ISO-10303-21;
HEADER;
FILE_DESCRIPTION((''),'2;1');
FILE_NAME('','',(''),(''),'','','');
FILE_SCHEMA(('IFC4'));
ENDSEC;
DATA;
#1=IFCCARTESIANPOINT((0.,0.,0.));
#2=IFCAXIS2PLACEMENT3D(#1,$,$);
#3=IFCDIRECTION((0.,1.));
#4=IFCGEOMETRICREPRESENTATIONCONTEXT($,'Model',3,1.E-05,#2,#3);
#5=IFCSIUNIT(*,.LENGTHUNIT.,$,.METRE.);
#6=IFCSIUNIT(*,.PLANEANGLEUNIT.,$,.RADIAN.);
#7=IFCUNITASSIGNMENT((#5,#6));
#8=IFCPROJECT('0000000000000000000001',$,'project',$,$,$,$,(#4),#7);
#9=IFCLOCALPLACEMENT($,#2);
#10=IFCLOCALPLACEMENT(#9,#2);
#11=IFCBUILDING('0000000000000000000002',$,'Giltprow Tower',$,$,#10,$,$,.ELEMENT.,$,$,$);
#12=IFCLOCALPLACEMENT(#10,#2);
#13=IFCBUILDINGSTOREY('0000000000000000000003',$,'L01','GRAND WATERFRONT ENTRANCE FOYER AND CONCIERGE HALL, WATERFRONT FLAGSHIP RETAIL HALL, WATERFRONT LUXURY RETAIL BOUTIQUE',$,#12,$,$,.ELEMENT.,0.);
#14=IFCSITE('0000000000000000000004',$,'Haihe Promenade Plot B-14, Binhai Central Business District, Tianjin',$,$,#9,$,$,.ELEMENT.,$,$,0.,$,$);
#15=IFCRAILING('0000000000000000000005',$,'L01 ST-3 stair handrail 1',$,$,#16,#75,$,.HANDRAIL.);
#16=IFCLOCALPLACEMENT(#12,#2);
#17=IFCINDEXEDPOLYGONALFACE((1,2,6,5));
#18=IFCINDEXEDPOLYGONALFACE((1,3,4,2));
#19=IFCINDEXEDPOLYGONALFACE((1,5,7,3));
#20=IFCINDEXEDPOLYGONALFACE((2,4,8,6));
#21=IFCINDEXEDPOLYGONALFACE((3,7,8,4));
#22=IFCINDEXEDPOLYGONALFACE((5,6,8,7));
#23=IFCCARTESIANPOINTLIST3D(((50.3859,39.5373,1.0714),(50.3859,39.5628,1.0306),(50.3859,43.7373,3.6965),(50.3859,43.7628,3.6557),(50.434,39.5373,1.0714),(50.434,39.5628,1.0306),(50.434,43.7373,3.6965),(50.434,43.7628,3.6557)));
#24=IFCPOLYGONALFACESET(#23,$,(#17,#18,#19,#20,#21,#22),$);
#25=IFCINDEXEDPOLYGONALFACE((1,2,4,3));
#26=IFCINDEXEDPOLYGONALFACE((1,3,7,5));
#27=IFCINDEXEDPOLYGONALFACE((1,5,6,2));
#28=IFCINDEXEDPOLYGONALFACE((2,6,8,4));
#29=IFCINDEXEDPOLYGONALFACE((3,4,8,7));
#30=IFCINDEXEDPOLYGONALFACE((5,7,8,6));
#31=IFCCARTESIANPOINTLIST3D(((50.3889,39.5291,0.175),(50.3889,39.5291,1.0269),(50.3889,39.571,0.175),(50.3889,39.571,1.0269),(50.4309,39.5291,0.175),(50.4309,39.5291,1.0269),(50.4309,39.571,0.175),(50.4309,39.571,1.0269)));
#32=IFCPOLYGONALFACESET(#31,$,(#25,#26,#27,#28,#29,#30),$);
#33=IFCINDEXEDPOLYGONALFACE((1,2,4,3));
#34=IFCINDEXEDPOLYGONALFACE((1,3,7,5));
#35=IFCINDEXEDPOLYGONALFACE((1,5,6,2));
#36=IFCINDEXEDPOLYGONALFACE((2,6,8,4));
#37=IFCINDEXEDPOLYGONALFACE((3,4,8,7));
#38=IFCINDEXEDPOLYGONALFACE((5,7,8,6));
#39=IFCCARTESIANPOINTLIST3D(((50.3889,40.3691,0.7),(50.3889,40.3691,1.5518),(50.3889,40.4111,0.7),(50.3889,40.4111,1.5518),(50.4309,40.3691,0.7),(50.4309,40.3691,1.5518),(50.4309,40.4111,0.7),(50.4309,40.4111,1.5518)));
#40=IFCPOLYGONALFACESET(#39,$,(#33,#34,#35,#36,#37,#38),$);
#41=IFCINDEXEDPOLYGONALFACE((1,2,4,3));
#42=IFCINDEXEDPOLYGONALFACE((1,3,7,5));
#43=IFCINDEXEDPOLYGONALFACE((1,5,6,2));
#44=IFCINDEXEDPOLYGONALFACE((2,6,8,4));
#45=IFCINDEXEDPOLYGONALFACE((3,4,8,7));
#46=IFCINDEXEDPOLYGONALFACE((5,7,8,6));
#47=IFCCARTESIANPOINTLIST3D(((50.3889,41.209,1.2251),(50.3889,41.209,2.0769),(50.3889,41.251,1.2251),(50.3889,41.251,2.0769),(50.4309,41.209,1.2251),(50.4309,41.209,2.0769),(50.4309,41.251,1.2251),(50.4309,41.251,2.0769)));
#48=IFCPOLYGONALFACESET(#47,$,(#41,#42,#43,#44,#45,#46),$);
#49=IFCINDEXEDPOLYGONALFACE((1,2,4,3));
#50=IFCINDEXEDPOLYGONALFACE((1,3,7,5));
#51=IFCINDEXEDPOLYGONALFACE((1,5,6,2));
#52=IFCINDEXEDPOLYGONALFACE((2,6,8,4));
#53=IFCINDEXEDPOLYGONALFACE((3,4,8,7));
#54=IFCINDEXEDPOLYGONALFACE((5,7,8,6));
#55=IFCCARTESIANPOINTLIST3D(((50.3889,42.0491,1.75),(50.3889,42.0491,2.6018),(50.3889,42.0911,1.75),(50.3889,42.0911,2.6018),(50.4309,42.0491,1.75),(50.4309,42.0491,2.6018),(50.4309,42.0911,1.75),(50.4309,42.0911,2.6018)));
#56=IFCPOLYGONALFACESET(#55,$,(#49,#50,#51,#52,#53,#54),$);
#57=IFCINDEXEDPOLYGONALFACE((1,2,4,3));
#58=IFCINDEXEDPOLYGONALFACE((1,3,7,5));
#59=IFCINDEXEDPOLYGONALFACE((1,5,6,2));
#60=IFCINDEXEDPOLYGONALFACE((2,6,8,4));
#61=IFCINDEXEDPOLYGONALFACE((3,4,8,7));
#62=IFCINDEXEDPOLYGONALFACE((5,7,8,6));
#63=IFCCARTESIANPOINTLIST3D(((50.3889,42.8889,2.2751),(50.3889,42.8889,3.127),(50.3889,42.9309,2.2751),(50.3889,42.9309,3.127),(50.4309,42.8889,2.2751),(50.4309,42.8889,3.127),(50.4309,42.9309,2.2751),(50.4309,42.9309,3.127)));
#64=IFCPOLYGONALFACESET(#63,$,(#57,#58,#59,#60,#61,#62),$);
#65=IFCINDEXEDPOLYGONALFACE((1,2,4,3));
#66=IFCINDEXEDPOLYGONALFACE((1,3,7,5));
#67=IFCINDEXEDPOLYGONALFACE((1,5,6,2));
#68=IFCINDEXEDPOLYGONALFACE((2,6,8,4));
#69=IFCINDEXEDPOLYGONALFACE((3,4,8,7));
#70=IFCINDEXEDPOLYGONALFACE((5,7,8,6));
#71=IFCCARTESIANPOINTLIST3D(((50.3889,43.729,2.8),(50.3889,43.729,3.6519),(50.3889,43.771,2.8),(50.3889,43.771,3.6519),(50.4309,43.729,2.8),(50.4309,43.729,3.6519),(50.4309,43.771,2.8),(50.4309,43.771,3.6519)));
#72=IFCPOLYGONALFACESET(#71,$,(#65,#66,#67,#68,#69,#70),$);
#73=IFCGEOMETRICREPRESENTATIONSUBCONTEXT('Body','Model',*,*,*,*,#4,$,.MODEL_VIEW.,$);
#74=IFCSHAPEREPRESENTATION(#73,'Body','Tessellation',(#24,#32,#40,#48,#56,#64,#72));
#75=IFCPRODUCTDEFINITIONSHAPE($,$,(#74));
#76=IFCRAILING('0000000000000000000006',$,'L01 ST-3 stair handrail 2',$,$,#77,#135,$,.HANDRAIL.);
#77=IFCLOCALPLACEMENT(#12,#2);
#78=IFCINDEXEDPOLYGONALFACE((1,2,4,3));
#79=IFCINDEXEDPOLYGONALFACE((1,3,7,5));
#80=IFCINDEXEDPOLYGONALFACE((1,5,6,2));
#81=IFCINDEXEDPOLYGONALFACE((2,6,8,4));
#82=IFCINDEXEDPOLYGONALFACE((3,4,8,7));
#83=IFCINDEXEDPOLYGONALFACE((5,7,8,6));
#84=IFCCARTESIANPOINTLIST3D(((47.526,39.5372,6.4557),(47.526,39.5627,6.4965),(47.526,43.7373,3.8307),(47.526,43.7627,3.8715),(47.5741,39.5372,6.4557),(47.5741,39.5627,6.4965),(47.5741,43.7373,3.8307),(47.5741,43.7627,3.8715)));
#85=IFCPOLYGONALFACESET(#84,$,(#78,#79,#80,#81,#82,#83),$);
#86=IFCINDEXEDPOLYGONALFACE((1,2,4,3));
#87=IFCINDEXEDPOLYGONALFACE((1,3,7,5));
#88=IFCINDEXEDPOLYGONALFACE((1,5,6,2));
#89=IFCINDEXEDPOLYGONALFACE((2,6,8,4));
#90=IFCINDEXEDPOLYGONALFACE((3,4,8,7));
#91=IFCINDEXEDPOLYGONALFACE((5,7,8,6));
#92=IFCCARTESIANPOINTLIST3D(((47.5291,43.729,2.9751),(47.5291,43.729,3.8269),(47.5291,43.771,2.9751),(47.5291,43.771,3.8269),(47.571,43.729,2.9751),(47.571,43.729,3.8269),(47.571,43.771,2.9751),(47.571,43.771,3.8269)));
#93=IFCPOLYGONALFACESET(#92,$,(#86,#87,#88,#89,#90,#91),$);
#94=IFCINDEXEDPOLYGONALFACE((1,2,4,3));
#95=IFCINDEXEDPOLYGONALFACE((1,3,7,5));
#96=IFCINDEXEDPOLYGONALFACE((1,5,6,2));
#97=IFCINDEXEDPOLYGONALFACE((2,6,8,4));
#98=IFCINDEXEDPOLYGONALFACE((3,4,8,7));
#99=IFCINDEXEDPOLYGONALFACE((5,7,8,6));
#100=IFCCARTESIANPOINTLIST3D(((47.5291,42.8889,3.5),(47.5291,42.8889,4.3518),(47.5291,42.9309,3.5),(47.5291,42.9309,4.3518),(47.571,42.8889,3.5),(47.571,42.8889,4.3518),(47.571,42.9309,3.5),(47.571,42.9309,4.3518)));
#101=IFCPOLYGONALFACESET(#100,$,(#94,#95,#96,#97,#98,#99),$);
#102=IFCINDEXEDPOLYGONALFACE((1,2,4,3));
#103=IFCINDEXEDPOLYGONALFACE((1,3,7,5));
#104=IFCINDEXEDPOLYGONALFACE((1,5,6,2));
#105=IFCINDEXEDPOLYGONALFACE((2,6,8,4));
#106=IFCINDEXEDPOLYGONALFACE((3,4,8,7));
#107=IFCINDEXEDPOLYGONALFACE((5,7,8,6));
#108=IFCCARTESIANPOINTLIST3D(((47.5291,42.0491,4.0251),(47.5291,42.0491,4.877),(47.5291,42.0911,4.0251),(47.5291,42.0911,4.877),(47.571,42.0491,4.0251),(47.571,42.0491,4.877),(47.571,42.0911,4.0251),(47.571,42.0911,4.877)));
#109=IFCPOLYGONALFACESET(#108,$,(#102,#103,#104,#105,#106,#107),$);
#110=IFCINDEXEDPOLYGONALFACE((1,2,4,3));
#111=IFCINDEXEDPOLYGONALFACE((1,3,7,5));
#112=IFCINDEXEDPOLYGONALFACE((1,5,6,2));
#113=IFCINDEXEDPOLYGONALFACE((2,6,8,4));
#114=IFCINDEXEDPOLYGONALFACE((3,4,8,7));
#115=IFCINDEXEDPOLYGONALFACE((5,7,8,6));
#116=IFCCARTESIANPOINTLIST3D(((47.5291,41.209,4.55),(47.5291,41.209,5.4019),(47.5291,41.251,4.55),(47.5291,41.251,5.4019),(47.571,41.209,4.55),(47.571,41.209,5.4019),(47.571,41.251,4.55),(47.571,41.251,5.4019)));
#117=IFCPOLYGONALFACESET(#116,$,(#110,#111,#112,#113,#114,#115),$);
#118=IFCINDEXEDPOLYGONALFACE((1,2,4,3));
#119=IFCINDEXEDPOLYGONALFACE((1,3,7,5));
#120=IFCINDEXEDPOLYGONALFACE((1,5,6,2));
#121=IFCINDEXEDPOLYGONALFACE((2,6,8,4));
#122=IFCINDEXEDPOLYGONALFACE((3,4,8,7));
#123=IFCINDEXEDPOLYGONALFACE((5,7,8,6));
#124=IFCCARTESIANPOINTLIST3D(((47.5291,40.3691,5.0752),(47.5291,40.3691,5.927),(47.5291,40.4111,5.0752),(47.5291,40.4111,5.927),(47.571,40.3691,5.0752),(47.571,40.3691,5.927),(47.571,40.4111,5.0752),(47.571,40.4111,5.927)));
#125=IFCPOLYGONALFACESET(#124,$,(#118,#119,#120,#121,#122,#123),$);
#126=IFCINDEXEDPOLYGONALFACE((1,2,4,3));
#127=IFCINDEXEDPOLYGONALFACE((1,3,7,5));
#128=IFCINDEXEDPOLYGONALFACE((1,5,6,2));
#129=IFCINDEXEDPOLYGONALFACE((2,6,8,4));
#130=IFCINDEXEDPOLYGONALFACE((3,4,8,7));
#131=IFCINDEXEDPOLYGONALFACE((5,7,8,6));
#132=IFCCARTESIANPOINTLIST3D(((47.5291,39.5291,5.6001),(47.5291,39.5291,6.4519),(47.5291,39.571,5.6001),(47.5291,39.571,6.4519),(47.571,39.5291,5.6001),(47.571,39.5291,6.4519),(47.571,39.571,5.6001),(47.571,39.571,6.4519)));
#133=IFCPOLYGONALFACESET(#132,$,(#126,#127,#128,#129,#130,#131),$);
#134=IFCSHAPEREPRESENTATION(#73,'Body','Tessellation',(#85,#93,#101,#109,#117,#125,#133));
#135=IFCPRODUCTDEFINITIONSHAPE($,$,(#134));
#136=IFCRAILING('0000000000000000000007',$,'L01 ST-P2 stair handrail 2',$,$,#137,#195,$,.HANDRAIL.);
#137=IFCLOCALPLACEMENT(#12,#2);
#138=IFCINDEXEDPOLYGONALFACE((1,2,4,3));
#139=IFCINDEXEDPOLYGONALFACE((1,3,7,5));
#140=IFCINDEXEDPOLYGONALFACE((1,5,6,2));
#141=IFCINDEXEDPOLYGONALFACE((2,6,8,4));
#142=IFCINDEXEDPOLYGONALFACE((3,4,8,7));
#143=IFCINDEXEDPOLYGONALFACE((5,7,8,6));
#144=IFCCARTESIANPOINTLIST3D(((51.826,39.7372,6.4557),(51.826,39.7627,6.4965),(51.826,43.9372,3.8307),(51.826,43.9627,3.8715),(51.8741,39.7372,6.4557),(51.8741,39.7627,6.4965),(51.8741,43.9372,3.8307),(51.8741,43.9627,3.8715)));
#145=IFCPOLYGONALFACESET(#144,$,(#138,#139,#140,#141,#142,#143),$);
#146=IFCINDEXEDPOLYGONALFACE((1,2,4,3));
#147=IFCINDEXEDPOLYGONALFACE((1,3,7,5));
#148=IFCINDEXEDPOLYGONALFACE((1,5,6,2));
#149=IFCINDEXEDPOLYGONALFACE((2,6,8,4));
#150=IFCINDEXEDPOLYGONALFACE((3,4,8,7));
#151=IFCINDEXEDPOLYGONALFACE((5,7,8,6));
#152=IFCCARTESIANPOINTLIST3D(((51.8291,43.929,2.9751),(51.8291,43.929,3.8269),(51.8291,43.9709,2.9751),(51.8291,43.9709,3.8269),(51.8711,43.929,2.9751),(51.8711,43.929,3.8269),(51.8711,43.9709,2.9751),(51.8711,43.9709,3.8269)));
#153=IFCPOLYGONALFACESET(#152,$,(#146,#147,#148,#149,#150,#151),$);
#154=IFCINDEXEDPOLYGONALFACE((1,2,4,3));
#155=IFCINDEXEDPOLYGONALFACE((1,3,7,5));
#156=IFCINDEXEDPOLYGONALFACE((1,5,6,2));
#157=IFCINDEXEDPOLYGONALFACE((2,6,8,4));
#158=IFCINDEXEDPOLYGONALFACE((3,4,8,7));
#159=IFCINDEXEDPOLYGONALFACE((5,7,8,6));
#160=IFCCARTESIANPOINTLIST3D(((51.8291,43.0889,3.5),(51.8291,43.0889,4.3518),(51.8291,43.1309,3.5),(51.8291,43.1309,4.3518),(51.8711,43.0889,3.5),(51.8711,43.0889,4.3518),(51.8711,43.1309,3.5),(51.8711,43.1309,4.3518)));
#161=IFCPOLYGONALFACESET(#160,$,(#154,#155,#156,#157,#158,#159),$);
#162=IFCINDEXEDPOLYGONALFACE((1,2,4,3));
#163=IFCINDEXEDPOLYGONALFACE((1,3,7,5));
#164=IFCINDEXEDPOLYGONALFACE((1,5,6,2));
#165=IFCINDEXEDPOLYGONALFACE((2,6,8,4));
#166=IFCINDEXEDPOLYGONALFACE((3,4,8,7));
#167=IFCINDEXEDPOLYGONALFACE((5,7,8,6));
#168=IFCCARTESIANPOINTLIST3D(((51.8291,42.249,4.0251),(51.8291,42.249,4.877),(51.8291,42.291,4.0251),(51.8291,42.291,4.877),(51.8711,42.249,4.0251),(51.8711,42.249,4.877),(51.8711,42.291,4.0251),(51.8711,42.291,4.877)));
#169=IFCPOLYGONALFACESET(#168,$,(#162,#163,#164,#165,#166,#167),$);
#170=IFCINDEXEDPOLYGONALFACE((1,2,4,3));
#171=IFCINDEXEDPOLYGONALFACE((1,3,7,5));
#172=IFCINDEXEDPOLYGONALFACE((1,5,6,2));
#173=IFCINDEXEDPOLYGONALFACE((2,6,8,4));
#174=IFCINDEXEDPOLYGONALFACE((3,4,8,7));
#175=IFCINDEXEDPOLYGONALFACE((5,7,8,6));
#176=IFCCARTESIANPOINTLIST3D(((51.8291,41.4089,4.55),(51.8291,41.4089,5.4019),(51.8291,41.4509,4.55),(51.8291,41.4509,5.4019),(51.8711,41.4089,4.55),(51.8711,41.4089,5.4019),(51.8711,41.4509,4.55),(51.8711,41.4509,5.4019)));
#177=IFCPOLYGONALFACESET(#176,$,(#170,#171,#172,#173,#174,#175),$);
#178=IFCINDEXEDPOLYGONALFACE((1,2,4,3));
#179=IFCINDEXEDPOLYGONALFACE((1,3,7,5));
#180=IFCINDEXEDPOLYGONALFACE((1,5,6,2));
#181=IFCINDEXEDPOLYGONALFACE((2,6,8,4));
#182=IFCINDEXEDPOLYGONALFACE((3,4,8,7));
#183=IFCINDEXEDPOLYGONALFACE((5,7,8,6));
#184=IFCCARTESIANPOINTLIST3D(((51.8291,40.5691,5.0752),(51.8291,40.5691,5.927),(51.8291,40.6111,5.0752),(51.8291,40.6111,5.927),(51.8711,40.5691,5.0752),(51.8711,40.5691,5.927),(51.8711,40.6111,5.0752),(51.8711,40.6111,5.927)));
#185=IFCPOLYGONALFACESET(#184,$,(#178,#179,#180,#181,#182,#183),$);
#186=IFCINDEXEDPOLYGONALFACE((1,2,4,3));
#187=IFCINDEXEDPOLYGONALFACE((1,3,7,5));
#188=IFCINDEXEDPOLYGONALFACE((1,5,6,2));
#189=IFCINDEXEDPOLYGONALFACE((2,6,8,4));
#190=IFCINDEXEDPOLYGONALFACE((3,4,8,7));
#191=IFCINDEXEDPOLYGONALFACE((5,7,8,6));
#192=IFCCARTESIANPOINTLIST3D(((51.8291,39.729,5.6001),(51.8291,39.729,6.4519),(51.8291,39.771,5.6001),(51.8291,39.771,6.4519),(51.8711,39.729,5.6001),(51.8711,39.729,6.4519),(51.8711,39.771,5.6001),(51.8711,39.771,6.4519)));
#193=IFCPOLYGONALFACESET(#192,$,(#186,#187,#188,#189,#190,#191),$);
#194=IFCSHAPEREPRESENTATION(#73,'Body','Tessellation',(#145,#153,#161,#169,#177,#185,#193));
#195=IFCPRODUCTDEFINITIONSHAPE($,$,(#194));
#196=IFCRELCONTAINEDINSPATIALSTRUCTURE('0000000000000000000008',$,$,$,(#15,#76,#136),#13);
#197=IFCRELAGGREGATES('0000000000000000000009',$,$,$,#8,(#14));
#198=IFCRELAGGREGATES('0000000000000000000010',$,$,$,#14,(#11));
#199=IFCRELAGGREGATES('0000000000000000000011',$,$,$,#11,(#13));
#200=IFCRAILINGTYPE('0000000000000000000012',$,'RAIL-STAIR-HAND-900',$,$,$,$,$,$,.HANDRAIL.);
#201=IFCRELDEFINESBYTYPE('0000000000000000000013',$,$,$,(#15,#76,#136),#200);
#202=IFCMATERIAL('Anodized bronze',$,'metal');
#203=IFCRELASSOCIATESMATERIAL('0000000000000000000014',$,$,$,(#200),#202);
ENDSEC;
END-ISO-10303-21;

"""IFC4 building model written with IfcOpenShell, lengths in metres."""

from ifc_helpers import new_model, si_unit, direction, frame, origin, origin_2d, place, context, subcontext, project, spatial, rectangle, extrude, material, type_object, element, save


model = new_model("IFC4")

# Units and contexts
model_context = context("Model", 3, precision=1e-05, world=origin(), true_north=direction((0.0, 1.0)))
body_context = subcontext(model_context, "Body", "Model", "MODEL_VIEW")
ifc_project = project(units=[si_unit("LENGTHUNIT", "METRE"), si_unit("PLANEANGLEUNIT", "RADIAN")], contexts=[model_context])

# Site, building, storey
site_placement = place(None, origin())
site = spatial("IfcSite", under=ifc_project, at=site_placement, Name="Haihe Promenade Plot B-14, Binhai Central Business District, Tianjin", CompositionType="ELEMENT", RefElevation=0.0)
building_placement = place(site_placement, origin())
building = spatial("IfcBuilding", under=site, at=building_placement, Name="Giltprow Tower", CompositionType="ELEMENT")
storey_placement = place(building_placement, origin())
storey = spatial("IfcBuildingStorey", under=building, at=storey_placement, Name="L01", Description="GRAND WATERFRONT ENTRANCE FOYER AND CONCIERGE HALL, WATERFRONT FLAGSHIP RETAIL HALL, WATERFRONT LUXURY RETAIL BOUTIQUE", CompositionType="ELEMENT", Elevation=0.0)

# Railings
ifc_material_1 = material(Name="Anodized bronze", Category="metal")
railing_type_1 = type_object("IfcRailingType", Name="RAIL-STAIR-HAND-900", PredefinedType="HANDRAIL", material=ifc_material_1)
railing_1_placement = place(storey_placement, frame((50.4099, 39.55, 0.175)))
element("IfcRailing", 1, at=railing_1_placement, inside=storey, type_object=railing_type_1, Name="L01 ST-3 stair handrail 1", PredefinedType="HANDRAIL", context=body_context, shape_type="SweptSolid", body=[
    extrude(rectangle(XDim=0.0481, YDim=0.0481, at=origin_2d()), frame((0.0, 0.0, 0.876), z_axis=(0.0, 0.847996, 0.530003), x_axis=(-1.0, 0.0, 0.0)), (0.0, 0.0, 1.0), 4.9529),
    extrude(rectangle(XDim=0.042, YDim=0.042, at=origin_2d()), origin(), (0.0, 0.0, 1.0), 0.8518),
    extrude(rectangle(XDim=0.042, YDim=0.042, at=origin_2d()), frame((0.0, 0.8401, 0.5249)), (0.0, 0.0, 1.0), 0.8518),
    extrude(rectangle(XDim=0.042, YDim=0.042, at=origin_2d()), frame((0.0, 1.6799, 1.05)), (0.0, 0.0, 1.0), 0.8518),
    extrude(rectangle(XDim=0.042, YDim=0.042, at=origin_2d()), frame((0.0, 2.52, 1.575)), (0.0, 0.0, 1.0), 0.8518),
    extrude(rectangle(XDim=0.042, YDim=0.042, at=origin_2d()), frame((0.0, 3.3599, 2.1001)), (0.0, 0.0, 1.0), 0.8518),
    extrude(rectangle(XDim=0.042, YDim=0.042, at=origin_2d()), frame((0.0, 4.2, 2.625)), (0.0, 0.0, 1.0), 0.8518),
])
for number, where, name in (
    (2, (47.55, 43.75, 2.9751), "L01 ST-3 stair handrail 2"),
    (3, (51.8501, 43.95, 2.9751), "L01 ST-P2 stair handrail 2"),
):
    element("IfcRailing", number, at=place(storey_placement, frame(where)), inside=storey, type_object=railing_type_1, Name=name, PredefinedType="HANDRAIL", context=body_context, shape_type="SweptSolid", body=[
        extrude(rectangle(XDim=0.0481, YDim=0.0481, at=origin_2d()), frame((0.0, 0.0, 0.876), z_axis=(0.0, -0.847996, 0.530003), x_axis=(1.0, 0.0, 0.0)), (0.0, 0.0, 1.0), 4.9529),
        extrude(rectangle(XDim=0.042, YDim=0.042, at=origin_2d()), origin(), (0.0, 0.0, 1.0), 0.8518),
        extrude(rectangle(XDim=0.042, YDim=0.042, at=origin_2d()), frame((0.0, -0.8401, 0.5249)), (0.0, 0.0, 1.0), 0.8518),
        extrude(rectangle(XDim=0.042, YDim=0.042, at=origin_2d()), frame((0.0, -1.6799, 1.05)), (0.0, 0.0, 1.0), 0.8518),
        extrude(rectangle(XDim=0.042, YDim=0.042, at=origin_2d()), frame((0.0, -2.52, 1.575)), (0.0, 0.0, 1.0), 0.8518),
        extrude(rectangle(XDim=0.042, YDim=0.042, at=origin_2d()), frame((0.0, -3.3599, 2.1001)), (0.0, 0.0, 1.0), 0.8518),
        extrude(rectangle(XDim=0.042, YDim=0.042, at=origin_2d()), frame((0.0, -4.2, 2.625)), (0.0, 0.0, 1.0), 0.8518),
    ])

save(model, "model.ifc")
